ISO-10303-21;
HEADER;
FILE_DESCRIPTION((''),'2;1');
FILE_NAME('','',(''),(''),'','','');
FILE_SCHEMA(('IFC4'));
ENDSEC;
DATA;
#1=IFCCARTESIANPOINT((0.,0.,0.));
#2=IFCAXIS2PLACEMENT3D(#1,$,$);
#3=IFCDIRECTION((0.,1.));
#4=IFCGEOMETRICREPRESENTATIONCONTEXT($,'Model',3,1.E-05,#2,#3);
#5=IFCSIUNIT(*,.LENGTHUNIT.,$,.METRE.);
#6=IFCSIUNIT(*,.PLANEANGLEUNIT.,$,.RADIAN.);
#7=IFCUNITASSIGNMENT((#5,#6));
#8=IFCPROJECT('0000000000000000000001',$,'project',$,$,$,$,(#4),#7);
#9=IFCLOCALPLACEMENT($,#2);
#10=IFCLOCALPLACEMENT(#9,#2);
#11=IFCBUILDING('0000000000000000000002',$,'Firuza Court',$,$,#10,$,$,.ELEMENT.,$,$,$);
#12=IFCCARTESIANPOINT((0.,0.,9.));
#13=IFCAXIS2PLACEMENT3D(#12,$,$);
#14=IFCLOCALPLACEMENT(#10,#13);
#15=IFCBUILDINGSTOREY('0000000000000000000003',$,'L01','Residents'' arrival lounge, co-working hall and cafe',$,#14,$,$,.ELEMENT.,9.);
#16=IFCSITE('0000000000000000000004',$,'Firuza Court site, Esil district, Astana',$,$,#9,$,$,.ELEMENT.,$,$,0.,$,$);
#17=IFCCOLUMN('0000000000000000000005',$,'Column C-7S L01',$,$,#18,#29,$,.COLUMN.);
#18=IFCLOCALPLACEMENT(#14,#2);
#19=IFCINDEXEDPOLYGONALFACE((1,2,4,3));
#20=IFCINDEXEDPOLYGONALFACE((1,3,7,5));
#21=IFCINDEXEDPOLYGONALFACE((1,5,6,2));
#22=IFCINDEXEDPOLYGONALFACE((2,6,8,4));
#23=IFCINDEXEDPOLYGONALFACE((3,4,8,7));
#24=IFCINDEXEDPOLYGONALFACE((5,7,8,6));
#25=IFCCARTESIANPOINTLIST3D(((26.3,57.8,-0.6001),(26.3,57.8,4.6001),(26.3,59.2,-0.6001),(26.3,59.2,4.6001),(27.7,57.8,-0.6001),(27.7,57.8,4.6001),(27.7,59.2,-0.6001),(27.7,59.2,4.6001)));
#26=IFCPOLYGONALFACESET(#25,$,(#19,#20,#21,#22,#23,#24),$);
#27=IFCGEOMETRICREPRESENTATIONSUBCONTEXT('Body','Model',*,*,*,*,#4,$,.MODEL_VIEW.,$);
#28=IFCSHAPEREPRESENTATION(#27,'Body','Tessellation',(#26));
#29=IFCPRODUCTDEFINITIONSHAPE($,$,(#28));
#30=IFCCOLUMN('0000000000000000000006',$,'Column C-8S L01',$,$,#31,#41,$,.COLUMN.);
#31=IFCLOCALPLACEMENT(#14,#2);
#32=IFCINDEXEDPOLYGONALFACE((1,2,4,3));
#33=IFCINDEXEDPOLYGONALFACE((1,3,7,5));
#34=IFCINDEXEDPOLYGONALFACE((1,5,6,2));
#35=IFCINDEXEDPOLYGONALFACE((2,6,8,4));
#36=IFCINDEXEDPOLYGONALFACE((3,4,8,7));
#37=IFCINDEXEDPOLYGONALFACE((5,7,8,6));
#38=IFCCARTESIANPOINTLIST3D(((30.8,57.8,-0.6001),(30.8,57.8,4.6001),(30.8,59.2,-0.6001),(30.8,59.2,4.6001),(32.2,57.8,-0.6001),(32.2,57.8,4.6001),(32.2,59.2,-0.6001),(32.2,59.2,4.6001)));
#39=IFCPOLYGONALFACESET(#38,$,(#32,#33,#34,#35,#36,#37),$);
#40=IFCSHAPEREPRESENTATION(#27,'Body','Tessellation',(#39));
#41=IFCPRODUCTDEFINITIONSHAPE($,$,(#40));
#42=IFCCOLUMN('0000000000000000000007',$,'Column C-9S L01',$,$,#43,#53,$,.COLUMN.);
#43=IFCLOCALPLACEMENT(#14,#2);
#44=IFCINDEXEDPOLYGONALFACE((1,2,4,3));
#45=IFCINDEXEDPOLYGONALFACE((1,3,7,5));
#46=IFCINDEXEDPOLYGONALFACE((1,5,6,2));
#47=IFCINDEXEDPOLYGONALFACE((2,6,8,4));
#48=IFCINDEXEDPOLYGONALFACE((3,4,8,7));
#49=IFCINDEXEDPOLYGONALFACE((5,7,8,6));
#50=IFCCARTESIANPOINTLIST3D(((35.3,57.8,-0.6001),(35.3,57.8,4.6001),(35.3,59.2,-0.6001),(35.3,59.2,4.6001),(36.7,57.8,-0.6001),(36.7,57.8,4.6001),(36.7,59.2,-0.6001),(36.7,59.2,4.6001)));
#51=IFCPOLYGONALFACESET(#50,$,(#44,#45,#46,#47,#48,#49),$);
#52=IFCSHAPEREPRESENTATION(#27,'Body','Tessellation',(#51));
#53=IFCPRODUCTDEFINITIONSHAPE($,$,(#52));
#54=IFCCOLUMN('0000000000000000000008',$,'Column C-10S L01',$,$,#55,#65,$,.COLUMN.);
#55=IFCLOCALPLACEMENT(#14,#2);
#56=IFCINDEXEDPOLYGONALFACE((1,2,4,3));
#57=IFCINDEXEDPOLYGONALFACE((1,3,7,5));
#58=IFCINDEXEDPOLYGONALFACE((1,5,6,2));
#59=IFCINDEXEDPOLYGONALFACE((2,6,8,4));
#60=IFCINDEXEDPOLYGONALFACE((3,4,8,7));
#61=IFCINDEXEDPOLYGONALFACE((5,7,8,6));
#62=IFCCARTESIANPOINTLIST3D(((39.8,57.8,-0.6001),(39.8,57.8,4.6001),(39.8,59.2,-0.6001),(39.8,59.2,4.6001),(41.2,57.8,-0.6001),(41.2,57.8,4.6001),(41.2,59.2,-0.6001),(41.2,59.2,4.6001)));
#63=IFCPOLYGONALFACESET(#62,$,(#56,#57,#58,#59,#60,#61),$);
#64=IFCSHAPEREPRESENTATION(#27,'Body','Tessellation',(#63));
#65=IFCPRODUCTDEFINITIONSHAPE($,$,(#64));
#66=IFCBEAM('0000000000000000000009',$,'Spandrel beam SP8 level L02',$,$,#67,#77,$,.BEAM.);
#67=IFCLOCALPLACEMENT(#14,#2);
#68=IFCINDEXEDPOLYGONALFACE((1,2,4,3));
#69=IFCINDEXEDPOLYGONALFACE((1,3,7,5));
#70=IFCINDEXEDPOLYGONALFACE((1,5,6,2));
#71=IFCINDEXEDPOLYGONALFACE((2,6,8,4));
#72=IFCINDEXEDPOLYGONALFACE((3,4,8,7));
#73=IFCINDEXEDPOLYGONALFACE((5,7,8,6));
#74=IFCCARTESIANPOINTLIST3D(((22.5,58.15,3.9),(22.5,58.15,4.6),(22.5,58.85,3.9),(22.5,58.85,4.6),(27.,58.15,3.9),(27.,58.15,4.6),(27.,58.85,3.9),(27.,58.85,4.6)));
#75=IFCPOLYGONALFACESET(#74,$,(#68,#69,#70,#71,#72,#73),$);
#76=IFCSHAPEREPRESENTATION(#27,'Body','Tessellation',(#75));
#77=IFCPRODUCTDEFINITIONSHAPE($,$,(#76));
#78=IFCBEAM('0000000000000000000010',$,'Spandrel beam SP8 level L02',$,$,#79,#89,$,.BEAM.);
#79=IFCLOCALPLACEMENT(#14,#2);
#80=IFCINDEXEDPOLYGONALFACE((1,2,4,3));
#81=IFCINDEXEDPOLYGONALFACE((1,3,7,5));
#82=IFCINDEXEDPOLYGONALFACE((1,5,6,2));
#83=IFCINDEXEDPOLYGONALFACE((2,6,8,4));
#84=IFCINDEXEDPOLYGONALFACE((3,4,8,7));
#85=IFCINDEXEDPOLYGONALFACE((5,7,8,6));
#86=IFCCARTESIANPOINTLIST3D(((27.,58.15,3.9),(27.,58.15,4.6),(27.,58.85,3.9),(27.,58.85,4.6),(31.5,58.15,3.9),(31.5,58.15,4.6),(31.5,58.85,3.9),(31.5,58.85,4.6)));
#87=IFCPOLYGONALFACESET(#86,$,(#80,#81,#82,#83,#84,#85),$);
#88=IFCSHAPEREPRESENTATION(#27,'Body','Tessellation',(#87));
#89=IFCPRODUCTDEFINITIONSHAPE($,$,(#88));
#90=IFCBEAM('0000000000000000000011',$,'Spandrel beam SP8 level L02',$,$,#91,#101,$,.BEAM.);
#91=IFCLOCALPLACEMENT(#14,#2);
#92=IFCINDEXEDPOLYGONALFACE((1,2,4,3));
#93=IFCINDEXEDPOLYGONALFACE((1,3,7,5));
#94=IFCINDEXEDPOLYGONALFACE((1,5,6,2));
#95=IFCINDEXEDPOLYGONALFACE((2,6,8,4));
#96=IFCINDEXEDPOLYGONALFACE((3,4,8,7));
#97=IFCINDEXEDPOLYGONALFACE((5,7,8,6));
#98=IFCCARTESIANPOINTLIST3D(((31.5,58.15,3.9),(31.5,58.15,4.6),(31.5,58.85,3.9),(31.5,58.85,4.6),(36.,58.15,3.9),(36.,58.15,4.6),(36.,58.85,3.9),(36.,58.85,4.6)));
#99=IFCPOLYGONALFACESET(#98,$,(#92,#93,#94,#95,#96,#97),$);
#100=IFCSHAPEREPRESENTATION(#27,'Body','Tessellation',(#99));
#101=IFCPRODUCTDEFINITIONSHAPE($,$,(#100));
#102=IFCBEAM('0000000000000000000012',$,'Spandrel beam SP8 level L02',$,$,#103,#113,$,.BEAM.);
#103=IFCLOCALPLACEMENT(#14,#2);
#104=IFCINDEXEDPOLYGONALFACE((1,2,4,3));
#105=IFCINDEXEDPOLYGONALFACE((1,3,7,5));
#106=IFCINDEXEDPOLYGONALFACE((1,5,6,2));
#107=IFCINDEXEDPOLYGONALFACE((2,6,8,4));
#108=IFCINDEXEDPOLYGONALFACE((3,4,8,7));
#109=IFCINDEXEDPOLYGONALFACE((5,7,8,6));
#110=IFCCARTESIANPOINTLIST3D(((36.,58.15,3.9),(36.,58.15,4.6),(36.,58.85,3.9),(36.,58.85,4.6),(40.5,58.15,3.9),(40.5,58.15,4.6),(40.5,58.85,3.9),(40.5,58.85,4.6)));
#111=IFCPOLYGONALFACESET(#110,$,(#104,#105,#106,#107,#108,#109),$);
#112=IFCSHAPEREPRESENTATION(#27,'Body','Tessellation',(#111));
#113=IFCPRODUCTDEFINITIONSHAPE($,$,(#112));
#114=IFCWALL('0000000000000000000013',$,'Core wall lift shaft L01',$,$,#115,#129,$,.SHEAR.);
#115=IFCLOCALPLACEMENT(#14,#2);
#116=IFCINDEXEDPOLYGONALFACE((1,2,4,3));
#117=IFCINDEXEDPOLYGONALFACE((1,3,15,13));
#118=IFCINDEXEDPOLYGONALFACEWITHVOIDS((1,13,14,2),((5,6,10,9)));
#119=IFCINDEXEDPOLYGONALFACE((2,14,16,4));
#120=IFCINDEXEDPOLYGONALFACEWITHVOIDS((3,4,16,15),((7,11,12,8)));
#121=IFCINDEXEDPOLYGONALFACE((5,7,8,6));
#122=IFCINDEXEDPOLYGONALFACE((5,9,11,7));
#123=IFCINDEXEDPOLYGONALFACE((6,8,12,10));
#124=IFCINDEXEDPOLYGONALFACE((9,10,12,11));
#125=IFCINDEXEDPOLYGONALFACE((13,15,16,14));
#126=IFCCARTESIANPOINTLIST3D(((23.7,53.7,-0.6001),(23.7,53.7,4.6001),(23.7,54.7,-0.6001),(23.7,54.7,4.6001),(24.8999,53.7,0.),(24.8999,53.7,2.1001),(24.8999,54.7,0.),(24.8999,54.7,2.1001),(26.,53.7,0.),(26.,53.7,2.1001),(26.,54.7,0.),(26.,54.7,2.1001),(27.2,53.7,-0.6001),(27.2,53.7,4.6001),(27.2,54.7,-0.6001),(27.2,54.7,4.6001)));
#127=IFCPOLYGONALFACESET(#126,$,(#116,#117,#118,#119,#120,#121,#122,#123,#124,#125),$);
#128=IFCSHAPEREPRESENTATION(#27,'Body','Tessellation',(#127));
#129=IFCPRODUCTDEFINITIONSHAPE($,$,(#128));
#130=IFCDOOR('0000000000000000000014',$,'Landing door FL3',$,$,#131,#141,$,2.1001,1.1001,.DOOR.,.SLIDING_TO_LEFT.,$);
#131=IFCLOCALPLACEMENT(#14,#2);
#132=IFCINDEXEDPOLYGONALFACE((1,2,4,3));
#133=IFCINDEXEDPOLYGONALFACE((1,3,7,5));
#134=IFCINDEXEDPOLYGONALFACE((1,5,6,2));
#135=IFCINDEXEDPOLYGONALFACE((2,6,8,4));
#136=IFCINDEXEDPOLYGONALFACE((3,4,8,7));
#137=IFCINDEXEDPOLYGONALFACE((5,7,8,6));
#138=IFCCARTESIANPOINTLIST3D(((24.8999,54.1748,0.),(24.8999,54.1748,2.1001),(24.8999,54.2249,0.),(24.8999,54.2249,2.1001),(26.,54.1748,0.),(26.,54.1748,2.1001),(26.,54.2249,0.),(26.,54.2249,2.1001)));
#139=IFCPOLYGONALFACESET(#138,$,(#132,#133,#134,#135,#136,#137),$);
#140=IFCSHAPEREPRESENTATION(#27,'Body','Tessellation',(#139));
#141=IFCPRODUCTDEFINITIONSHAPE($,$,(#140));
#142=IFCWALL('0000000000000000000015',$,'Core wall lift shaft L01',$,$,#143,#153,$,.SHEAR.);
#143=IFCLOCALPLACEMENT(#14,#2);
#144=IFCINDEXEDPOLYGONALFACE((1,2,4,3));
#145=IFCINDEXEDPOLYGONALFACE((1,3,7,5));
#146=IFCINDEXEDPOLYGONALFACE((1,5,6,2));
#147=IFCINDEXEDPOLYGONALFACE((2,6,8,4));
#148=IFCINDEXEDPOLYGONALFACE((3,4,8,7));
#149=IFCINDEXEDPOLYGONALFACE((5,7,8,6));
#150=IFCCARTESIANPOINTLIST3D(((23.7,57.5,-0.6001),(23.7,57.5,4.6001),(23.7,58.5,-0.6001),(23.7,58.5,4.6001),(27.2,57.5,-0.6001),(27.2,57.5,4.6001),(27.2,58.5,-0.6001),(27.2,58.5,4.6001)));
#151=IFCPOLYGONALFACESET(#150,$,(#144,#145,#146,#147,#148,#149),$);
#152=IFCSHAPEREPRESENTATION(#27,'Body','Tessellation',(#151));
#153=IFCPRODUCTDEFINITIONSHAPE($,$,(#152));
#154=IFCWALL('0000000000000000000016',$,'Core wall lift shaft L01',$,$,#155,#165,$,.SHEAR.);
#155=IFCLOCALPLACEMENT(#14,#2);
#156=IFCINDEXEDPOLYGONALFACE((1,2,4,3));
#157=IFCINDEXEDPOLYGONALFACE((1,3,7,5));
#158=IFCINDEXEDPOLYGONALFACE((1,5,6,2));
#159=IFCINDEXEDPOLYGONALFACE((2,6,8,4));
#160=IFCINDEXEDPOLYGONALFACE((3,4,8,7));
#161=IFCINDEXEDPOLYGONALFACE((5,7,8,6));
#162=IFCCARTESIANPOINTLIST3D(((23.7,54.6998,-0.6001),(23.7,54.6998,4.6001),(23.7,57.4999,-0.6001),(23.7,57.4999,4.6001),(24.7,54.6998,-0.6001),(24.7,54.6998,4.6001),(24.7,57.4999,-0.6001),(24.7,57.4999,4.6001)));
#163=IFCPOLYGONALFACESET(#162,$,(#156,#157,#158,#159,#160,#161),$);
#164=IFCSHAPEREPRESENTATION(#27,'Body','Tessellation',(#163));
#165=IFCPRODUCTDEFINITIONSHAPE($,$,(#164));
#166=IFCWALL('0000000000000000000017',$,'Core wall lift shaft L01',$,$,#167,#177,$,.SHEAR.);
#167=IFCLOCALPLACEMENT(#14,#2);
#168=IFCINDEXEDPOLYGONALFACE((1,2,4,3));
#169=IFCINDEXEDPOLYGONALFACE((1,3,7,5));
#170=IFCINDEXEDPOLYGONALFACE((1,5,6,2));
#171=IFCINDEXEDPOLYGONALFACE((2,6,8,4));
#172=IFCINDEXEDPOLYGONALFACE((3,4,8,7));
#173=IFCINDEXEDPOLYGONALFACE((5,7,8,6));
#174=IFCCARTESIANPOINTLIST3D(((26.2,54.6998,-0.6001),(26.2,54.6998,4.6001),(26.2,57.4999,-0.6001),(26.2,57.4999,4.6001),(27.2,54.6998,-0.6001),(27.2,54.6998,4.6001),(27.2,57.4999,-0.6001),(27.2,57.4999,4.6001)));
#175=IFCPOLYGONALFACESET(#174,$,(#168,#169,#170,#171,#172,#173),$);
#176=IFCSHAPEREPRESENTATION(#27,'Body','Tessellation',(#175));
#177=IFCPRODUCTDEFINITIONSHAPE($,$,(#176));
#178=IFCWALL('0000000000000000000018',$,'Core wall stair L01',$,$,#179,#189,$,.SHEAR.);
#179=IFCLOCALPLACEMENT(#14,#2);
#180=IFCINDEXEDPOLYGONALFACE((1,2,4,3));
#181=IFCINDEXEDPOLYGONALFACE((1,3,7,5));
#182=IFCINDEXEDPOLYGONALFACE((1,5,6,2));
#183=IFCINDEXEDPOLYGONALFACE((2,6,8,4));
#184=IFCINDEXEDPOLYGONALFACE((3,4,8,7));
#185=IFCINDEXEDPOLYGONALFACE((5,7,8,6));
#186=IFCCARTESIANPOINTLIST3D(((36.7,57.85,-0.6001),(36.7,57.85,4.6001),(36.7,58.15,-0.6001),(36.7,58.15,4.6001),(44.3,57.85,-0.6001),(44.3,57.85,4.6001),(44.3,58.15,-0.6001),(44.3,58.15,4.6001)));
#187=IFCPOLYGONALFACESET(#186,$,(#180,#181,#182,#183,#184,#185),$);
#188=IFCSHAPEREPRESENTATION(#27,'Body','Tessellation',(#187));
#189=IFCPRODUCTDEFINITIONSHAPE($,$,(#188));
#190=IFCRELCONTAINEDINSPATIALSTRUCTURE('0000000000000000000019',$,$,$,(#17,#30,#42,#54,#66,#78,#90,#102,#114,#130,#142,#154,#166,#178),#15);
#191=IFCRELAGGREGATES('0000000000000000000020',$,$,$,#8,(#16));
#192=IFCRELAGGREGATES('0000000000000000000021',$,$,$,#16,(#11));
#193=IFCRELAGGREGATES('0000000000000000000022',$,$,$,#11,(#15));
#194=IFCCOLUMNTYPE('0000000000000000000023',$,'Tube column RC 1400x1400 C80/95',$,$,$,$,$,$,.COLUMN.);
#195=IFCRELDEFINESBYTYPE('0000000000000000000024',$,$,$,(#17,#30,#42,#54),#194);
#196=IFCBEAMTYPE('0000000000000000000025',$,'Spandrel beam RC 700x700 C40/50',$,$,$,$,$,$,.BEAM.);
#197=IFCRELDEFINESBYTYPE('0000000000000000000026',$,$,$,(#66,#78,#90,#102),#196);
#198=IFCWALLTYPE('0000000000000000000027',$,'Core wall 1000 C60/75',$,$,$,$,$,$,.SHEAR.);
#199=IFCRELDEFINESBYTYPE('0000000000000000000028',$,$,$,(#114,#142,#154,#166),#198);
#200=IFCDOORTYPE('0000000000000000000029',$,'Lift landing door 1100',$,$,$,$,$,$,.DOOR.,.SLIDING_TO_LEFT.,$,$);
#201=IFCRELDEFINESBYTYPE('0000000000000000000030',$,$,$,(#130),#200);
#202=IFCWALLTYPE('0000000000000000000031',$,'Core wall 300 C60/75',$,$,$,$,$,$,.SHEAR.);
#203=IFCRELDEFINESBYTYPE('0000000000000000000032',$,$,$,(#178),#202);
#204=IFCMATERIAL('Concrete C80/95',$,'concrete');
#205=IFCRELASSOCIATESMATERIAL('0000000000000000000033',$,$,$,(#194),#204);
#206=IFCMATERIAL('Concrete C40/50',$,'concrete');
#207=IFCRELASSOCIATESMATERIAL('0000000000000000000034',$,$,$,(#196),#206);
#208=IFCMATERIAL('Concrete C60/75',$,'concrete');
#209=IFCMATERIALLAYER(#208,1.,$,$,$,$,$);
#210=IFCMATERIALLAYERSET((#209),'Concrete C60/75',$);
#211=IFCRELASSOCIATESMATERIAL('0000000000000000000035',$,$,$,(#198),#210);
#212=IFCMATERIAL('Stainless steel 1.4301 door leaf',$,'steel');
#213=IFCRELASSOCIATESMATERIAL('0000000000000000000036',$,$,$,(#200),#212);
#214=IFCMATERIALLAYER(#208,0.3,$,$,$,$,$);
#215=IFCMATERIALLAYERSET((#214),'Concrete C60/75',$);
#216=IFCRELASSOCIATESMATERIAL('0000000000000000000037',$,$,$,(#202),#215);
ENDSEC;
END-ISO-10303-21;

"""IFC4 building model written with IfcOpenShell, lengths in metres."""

from ifc_helpers import new_model, si_unit, direction, frame, frame_2d, origin, origin_2d, place, context, subcontext, project, spatial, rectangle, extrude, material, layer, layer_set, material_profile, profile_set, type_object, element, fill, save


model = new_model("IFC4")

# Units and contexts
model_context = context("Model", 3, precision=1e-05, world=origin(), true_north=direction((0.0, 1.0)))
body_context = subcontext(model_context, "Body", "Model", "MODEL_VIEW")
ifc_project = project(units=[si_unit("LENGTHUNIT", "METRE"), si_unit("PLANEANGLEUNIT", "RADIAN")], contexts=[model_context])

# Site, building, storey
site_placement = place(None, origin())
site = spatial("IfcSite", under=ifc_project, at=site_placement, Name="Firuza Court site, Esil district, Astana", CompositionType="ELEMENT", RefElevation=0.0)
building_placement = place(site_placement, origin())
building = spatial("IfcBuilding", under=site, at=building_placement, Name="Firuza Court", CompositionType="ELEMENT")
storey_placement = place(building_placement, frame((0.0, 0.0, 9.0)))
storey = spatial("IfcBuildingStorey", under=building, at=storey_placement, Name="L01", Description="Residents' arrival lounge, co-working hall and cafe", CompositionType="ELEMENT", Elevation=9.0)

# Columns
ifc_material_1 = material(Name="Concrete C80/95", Category="concrete")
ifc_material_profile_1 = material_profile(ifc_material_1, rectangle(XDim=1.3999, YDim=1.3999, at=origin_2d()), Name="RC 1400x1400")
ifc_profile_set_1 = profile_set([ifc_material_profile_1], Name="Concrete C80/95")
column_type = type_object("IfcColumnType", Name="Tube column RC 1400x1400 C80/95", PredefinedType="COLUMN", material=ifc_profile_set_1)
for number, where, z_axis, x_axis, name in (
    (1, (27.0, 58.5, -0.6001), (0.0, 0.0, 1.0), (1.0, 0.0, 0.0), "Column C-7S L01"),
    (2, (31.5, 58.5, -0.6001), (0.0, 0.0, 1.0), (1.0, 0.0, 0.0), "Column C-8S L01"),
    (3, (36.0, 58.5, -0.6001), (0.0, 0.0, 1.0), (1.0, 0.0, 0.0), "Column C-9S L01"),
    (4, (40.5, 58.5, -0.6001), (0.0, 0.0, 1.0), (1.0, 0.0, 0.0), "Column C-10S L01"),
):
    element("IfcColumn", number, at=place(storey_placement, frame(where, z_axis=z_axis, x_axis=x_axis)), inside=storey, type_object=column_type, Name=name, PredefinedType="COLUMN", context=body_context, shape_type="SweptSolid", body=[
        extrude(rectangle(XDim=1.3999, YDim=1.3999, at=origin_2d()), origin(), (0.0, 0.0, 1.0), 5.2002),
    ])

# Beams
ifc_material_2 = material(Name="Concrete C40/50", Category="concrete")
ifc_material_profile_2 = material_profile(ifc_material_2, rectangle(XDim=0.7, YDim=0.7, at=origin_2d()), Name="RC 700x700")
ifc_profile_set_2 = profile_set([ifc_material_profile_2], Name="Concrete C40/50")
beam_type = type_object("IfcBeamType", Name="Spandrel beam RC 700x700 C40/50", PredefinedType="BEAM", material=ifc_profile_set_2)
for number, where, z_axis, x_axis, name in (
    (5, (27.0, 58.5, 4.25), (-1.0, 0.0, 0.0), (0.0, -1.0, 0.0), "Spandrel beam SP8 level L02"),
    (6, (31.5, 58.5, 4.25), (-1.0, 0.0, 0.0), (0.0, -1.0, 0.0), "Spandrel beam SP8 level L02"),
    (7, (36.0, 58.5, 4.25), (-1.0, 0.0, 0.0), (0.0, -1.0, 0.0), "Spandrel beam SP8 level L02"),
    (8, (40.5, 58.5, 4.25), (-1.0, 0.0, 0.0), (0.0, -1.0, 0.0), "Spandrel beam SP8 level L02"),
):
    element("IfcBeam", number, at=place(storey_placement, frame(where, z_axis=z_axis, x_axis=x_axis)), inside=storey, type_object=beam_type, Name=name, PredefinedType="BEAM", context=body_context, shape_type="SweptSolid", body=[
        extrude(rectangle(XDim=0.7, YDim=0.7, at=origin_2d()), origin(), (0.0, 0.0, 1.0), 4.5),
    ])

# Wall, opening, door
ifc_material_3 = material(Name="Concrete C60/75", Category="concrete")
ifc_layer_1 = layer(ifc_material_3, 1.0)
ifc_layer_set_1 = layer_set([ifc_layer_1], Name="Concrete C60/75")
wall_type_1 = type_object("IfcWallType", Name="Core wall 1000 C60/75", PredefinedType="SHEAR", material=ifc_layer_set_1)
wall_1_placement = place(storey_placement, frame((23.7, 54.2, -0.6001), z_axis=(0.0, 0.0, 1.0), x_axis=(1.0, 0.0, 0.0)))
wall_1 = element("IfcWall", 9, at=wall_1_placement, inside=storey, type_object=wall_type_1, Name="Core wall lift shaft L01", PredefinedType="SHEAR", context=body_context, shape_type="SweptSolid", body=[
    extrude(rectangle(XDim=3.5, YDim=1.0, at=frame_2d((1.75, 0.0))), origin(), (0.0, 0.0, 1.0), 5.2002),
])
opening_1_placement = place(wall_1_placement, frame((1.2, 0.0, 0.6001)))
opening_1 = element("IfcOpeningElement", 10, at=opening_1_placement, cuts=wall_1, PredefinedType="OPENING", context=body_context, shape_type="SweptSolid", body=[
    extrude(rectangle(XDim=1.1001, YDim=2.1001, at=frame_2d((0.55, 1.05))), frame((0.0, 0.512, 0.0), z_axis=(0.0, -1.0, 0.0), x_axis=(1.0, 0.0, 0.0)), (0.0, 0.0, 1.0), 1.0239),
])
ifc_material_4 = material(Name="Stainless steel 1.4301 door leaf", Category="steel")
door_type_1 = type_object("IfcDoorType", Name="Lift landing door 1100", OperationType="SLIDING_TO_LEFT", PredefinedType="DOOR", material=ifc_material_4)
door_1_placement = place(opening_1_placement, origin())
door_1 = element("IfcDoor", 11, at=door_1_placement, inside=storey, type_object=door_type_1, Name="Landing door FL3", OperationType="SLIDING_TO_LEFT", OverallHeight=2.1001, OverallWidth=1.1001, PredefinedType="DOOR", context=body_context, shape_type="SweptSolid", body=[
    extrude(rectangle(XDim=1.1001, YDim=2.1001, at=frame_2d((0.55, 1.05))), frame((0.0, 0.0249, 0.0), z_axis=(0.0, -1.0, 0.0), x_axis=(1.0, 0.0, 0.0)), (0.0, 0.0, 1.0), 0.05),
])
fill(opening_1, door_1)

# Walls
wall_2_placement = place(storey_placement, frame((23.7, 58.0, -0.6001), z_axis=(0.0, 0.0, 1.0), x_axis=(1.0, 0.0, 0.0)))
element("IfcWall", 12, at=wall_2_placement, inside=storey, type_object=wall_type_1, Name="Core wall lift shaft L01", PredefinedType="SHEAR", context=body_context, shape_type="SweptSolid", body=[
    extrude(rectangle(XDim=3.5, YDim=1.0, at=frame_2d((1.75, 0.0))), origin(), (0.0, 0.0, 1.0), 5.2002),
])
for number, where, z_axis, x_axis, name in (
    (13, (24.2, 54.7, -0.6001), (0.0, 0.0, 1.0), (0.0, 1.0, 0.0), "Core wall lift shaft L01"),
    (14, (26.7, 54.7, -0.6001), (0.0, 0.0, 1.0), (0.0, 1.0, 0.0), "Core wall lift shaft L01"),
):
    element("IfcWall", number, at=place(storey_placement, frame(where, z_axis=z_axis, x_axis=x_axis)), inside=storey, type_object=wall_type_1, Name=name, PredefinedType="SHEAR", context=body_context, shape_type="SweptSolid", body=[
        extrude(rectangle(XDim=2.8, YDim=1.0, at=frame_2d((1.3999, 0.0))), origin(), (0.0, 0.0, 1.0), 5.2002),
    ])
ifc_layer_2 = layer(ifc_material_3, 0.3)
ifc_layer_set_2 = layer_set([ifc_layer_2], Name="Concrete C60/75")
wall_type_2 = type_object("IfcWallType", Name="Core wall 300 C60/75", PredefinedType="SHEAR", material=ifc_layer_set_2)
wall_3_placement = place(storey_placement, frame((36.7, 58.0, -0.6001), z_axis=(0.0, 0.0, 1.0), x_axis=(1.0, 0.0, 0.0)))
element("IfcWall", 15, at=wall_3_placement, inside=storey, type_object=wall_type_2, Name="Core wall stair L01", PredefinedType="SHEAR", context=body_context, shape_type="SweptSolid", body=[
    extrude(rectangle(XDim=7.6001, YDim=0.3, at=frame_2d((3.8, 0.0))), origin(), (0.0, 0.0, 1.0), 5.2002),
])

save(model, "model.ifc")
